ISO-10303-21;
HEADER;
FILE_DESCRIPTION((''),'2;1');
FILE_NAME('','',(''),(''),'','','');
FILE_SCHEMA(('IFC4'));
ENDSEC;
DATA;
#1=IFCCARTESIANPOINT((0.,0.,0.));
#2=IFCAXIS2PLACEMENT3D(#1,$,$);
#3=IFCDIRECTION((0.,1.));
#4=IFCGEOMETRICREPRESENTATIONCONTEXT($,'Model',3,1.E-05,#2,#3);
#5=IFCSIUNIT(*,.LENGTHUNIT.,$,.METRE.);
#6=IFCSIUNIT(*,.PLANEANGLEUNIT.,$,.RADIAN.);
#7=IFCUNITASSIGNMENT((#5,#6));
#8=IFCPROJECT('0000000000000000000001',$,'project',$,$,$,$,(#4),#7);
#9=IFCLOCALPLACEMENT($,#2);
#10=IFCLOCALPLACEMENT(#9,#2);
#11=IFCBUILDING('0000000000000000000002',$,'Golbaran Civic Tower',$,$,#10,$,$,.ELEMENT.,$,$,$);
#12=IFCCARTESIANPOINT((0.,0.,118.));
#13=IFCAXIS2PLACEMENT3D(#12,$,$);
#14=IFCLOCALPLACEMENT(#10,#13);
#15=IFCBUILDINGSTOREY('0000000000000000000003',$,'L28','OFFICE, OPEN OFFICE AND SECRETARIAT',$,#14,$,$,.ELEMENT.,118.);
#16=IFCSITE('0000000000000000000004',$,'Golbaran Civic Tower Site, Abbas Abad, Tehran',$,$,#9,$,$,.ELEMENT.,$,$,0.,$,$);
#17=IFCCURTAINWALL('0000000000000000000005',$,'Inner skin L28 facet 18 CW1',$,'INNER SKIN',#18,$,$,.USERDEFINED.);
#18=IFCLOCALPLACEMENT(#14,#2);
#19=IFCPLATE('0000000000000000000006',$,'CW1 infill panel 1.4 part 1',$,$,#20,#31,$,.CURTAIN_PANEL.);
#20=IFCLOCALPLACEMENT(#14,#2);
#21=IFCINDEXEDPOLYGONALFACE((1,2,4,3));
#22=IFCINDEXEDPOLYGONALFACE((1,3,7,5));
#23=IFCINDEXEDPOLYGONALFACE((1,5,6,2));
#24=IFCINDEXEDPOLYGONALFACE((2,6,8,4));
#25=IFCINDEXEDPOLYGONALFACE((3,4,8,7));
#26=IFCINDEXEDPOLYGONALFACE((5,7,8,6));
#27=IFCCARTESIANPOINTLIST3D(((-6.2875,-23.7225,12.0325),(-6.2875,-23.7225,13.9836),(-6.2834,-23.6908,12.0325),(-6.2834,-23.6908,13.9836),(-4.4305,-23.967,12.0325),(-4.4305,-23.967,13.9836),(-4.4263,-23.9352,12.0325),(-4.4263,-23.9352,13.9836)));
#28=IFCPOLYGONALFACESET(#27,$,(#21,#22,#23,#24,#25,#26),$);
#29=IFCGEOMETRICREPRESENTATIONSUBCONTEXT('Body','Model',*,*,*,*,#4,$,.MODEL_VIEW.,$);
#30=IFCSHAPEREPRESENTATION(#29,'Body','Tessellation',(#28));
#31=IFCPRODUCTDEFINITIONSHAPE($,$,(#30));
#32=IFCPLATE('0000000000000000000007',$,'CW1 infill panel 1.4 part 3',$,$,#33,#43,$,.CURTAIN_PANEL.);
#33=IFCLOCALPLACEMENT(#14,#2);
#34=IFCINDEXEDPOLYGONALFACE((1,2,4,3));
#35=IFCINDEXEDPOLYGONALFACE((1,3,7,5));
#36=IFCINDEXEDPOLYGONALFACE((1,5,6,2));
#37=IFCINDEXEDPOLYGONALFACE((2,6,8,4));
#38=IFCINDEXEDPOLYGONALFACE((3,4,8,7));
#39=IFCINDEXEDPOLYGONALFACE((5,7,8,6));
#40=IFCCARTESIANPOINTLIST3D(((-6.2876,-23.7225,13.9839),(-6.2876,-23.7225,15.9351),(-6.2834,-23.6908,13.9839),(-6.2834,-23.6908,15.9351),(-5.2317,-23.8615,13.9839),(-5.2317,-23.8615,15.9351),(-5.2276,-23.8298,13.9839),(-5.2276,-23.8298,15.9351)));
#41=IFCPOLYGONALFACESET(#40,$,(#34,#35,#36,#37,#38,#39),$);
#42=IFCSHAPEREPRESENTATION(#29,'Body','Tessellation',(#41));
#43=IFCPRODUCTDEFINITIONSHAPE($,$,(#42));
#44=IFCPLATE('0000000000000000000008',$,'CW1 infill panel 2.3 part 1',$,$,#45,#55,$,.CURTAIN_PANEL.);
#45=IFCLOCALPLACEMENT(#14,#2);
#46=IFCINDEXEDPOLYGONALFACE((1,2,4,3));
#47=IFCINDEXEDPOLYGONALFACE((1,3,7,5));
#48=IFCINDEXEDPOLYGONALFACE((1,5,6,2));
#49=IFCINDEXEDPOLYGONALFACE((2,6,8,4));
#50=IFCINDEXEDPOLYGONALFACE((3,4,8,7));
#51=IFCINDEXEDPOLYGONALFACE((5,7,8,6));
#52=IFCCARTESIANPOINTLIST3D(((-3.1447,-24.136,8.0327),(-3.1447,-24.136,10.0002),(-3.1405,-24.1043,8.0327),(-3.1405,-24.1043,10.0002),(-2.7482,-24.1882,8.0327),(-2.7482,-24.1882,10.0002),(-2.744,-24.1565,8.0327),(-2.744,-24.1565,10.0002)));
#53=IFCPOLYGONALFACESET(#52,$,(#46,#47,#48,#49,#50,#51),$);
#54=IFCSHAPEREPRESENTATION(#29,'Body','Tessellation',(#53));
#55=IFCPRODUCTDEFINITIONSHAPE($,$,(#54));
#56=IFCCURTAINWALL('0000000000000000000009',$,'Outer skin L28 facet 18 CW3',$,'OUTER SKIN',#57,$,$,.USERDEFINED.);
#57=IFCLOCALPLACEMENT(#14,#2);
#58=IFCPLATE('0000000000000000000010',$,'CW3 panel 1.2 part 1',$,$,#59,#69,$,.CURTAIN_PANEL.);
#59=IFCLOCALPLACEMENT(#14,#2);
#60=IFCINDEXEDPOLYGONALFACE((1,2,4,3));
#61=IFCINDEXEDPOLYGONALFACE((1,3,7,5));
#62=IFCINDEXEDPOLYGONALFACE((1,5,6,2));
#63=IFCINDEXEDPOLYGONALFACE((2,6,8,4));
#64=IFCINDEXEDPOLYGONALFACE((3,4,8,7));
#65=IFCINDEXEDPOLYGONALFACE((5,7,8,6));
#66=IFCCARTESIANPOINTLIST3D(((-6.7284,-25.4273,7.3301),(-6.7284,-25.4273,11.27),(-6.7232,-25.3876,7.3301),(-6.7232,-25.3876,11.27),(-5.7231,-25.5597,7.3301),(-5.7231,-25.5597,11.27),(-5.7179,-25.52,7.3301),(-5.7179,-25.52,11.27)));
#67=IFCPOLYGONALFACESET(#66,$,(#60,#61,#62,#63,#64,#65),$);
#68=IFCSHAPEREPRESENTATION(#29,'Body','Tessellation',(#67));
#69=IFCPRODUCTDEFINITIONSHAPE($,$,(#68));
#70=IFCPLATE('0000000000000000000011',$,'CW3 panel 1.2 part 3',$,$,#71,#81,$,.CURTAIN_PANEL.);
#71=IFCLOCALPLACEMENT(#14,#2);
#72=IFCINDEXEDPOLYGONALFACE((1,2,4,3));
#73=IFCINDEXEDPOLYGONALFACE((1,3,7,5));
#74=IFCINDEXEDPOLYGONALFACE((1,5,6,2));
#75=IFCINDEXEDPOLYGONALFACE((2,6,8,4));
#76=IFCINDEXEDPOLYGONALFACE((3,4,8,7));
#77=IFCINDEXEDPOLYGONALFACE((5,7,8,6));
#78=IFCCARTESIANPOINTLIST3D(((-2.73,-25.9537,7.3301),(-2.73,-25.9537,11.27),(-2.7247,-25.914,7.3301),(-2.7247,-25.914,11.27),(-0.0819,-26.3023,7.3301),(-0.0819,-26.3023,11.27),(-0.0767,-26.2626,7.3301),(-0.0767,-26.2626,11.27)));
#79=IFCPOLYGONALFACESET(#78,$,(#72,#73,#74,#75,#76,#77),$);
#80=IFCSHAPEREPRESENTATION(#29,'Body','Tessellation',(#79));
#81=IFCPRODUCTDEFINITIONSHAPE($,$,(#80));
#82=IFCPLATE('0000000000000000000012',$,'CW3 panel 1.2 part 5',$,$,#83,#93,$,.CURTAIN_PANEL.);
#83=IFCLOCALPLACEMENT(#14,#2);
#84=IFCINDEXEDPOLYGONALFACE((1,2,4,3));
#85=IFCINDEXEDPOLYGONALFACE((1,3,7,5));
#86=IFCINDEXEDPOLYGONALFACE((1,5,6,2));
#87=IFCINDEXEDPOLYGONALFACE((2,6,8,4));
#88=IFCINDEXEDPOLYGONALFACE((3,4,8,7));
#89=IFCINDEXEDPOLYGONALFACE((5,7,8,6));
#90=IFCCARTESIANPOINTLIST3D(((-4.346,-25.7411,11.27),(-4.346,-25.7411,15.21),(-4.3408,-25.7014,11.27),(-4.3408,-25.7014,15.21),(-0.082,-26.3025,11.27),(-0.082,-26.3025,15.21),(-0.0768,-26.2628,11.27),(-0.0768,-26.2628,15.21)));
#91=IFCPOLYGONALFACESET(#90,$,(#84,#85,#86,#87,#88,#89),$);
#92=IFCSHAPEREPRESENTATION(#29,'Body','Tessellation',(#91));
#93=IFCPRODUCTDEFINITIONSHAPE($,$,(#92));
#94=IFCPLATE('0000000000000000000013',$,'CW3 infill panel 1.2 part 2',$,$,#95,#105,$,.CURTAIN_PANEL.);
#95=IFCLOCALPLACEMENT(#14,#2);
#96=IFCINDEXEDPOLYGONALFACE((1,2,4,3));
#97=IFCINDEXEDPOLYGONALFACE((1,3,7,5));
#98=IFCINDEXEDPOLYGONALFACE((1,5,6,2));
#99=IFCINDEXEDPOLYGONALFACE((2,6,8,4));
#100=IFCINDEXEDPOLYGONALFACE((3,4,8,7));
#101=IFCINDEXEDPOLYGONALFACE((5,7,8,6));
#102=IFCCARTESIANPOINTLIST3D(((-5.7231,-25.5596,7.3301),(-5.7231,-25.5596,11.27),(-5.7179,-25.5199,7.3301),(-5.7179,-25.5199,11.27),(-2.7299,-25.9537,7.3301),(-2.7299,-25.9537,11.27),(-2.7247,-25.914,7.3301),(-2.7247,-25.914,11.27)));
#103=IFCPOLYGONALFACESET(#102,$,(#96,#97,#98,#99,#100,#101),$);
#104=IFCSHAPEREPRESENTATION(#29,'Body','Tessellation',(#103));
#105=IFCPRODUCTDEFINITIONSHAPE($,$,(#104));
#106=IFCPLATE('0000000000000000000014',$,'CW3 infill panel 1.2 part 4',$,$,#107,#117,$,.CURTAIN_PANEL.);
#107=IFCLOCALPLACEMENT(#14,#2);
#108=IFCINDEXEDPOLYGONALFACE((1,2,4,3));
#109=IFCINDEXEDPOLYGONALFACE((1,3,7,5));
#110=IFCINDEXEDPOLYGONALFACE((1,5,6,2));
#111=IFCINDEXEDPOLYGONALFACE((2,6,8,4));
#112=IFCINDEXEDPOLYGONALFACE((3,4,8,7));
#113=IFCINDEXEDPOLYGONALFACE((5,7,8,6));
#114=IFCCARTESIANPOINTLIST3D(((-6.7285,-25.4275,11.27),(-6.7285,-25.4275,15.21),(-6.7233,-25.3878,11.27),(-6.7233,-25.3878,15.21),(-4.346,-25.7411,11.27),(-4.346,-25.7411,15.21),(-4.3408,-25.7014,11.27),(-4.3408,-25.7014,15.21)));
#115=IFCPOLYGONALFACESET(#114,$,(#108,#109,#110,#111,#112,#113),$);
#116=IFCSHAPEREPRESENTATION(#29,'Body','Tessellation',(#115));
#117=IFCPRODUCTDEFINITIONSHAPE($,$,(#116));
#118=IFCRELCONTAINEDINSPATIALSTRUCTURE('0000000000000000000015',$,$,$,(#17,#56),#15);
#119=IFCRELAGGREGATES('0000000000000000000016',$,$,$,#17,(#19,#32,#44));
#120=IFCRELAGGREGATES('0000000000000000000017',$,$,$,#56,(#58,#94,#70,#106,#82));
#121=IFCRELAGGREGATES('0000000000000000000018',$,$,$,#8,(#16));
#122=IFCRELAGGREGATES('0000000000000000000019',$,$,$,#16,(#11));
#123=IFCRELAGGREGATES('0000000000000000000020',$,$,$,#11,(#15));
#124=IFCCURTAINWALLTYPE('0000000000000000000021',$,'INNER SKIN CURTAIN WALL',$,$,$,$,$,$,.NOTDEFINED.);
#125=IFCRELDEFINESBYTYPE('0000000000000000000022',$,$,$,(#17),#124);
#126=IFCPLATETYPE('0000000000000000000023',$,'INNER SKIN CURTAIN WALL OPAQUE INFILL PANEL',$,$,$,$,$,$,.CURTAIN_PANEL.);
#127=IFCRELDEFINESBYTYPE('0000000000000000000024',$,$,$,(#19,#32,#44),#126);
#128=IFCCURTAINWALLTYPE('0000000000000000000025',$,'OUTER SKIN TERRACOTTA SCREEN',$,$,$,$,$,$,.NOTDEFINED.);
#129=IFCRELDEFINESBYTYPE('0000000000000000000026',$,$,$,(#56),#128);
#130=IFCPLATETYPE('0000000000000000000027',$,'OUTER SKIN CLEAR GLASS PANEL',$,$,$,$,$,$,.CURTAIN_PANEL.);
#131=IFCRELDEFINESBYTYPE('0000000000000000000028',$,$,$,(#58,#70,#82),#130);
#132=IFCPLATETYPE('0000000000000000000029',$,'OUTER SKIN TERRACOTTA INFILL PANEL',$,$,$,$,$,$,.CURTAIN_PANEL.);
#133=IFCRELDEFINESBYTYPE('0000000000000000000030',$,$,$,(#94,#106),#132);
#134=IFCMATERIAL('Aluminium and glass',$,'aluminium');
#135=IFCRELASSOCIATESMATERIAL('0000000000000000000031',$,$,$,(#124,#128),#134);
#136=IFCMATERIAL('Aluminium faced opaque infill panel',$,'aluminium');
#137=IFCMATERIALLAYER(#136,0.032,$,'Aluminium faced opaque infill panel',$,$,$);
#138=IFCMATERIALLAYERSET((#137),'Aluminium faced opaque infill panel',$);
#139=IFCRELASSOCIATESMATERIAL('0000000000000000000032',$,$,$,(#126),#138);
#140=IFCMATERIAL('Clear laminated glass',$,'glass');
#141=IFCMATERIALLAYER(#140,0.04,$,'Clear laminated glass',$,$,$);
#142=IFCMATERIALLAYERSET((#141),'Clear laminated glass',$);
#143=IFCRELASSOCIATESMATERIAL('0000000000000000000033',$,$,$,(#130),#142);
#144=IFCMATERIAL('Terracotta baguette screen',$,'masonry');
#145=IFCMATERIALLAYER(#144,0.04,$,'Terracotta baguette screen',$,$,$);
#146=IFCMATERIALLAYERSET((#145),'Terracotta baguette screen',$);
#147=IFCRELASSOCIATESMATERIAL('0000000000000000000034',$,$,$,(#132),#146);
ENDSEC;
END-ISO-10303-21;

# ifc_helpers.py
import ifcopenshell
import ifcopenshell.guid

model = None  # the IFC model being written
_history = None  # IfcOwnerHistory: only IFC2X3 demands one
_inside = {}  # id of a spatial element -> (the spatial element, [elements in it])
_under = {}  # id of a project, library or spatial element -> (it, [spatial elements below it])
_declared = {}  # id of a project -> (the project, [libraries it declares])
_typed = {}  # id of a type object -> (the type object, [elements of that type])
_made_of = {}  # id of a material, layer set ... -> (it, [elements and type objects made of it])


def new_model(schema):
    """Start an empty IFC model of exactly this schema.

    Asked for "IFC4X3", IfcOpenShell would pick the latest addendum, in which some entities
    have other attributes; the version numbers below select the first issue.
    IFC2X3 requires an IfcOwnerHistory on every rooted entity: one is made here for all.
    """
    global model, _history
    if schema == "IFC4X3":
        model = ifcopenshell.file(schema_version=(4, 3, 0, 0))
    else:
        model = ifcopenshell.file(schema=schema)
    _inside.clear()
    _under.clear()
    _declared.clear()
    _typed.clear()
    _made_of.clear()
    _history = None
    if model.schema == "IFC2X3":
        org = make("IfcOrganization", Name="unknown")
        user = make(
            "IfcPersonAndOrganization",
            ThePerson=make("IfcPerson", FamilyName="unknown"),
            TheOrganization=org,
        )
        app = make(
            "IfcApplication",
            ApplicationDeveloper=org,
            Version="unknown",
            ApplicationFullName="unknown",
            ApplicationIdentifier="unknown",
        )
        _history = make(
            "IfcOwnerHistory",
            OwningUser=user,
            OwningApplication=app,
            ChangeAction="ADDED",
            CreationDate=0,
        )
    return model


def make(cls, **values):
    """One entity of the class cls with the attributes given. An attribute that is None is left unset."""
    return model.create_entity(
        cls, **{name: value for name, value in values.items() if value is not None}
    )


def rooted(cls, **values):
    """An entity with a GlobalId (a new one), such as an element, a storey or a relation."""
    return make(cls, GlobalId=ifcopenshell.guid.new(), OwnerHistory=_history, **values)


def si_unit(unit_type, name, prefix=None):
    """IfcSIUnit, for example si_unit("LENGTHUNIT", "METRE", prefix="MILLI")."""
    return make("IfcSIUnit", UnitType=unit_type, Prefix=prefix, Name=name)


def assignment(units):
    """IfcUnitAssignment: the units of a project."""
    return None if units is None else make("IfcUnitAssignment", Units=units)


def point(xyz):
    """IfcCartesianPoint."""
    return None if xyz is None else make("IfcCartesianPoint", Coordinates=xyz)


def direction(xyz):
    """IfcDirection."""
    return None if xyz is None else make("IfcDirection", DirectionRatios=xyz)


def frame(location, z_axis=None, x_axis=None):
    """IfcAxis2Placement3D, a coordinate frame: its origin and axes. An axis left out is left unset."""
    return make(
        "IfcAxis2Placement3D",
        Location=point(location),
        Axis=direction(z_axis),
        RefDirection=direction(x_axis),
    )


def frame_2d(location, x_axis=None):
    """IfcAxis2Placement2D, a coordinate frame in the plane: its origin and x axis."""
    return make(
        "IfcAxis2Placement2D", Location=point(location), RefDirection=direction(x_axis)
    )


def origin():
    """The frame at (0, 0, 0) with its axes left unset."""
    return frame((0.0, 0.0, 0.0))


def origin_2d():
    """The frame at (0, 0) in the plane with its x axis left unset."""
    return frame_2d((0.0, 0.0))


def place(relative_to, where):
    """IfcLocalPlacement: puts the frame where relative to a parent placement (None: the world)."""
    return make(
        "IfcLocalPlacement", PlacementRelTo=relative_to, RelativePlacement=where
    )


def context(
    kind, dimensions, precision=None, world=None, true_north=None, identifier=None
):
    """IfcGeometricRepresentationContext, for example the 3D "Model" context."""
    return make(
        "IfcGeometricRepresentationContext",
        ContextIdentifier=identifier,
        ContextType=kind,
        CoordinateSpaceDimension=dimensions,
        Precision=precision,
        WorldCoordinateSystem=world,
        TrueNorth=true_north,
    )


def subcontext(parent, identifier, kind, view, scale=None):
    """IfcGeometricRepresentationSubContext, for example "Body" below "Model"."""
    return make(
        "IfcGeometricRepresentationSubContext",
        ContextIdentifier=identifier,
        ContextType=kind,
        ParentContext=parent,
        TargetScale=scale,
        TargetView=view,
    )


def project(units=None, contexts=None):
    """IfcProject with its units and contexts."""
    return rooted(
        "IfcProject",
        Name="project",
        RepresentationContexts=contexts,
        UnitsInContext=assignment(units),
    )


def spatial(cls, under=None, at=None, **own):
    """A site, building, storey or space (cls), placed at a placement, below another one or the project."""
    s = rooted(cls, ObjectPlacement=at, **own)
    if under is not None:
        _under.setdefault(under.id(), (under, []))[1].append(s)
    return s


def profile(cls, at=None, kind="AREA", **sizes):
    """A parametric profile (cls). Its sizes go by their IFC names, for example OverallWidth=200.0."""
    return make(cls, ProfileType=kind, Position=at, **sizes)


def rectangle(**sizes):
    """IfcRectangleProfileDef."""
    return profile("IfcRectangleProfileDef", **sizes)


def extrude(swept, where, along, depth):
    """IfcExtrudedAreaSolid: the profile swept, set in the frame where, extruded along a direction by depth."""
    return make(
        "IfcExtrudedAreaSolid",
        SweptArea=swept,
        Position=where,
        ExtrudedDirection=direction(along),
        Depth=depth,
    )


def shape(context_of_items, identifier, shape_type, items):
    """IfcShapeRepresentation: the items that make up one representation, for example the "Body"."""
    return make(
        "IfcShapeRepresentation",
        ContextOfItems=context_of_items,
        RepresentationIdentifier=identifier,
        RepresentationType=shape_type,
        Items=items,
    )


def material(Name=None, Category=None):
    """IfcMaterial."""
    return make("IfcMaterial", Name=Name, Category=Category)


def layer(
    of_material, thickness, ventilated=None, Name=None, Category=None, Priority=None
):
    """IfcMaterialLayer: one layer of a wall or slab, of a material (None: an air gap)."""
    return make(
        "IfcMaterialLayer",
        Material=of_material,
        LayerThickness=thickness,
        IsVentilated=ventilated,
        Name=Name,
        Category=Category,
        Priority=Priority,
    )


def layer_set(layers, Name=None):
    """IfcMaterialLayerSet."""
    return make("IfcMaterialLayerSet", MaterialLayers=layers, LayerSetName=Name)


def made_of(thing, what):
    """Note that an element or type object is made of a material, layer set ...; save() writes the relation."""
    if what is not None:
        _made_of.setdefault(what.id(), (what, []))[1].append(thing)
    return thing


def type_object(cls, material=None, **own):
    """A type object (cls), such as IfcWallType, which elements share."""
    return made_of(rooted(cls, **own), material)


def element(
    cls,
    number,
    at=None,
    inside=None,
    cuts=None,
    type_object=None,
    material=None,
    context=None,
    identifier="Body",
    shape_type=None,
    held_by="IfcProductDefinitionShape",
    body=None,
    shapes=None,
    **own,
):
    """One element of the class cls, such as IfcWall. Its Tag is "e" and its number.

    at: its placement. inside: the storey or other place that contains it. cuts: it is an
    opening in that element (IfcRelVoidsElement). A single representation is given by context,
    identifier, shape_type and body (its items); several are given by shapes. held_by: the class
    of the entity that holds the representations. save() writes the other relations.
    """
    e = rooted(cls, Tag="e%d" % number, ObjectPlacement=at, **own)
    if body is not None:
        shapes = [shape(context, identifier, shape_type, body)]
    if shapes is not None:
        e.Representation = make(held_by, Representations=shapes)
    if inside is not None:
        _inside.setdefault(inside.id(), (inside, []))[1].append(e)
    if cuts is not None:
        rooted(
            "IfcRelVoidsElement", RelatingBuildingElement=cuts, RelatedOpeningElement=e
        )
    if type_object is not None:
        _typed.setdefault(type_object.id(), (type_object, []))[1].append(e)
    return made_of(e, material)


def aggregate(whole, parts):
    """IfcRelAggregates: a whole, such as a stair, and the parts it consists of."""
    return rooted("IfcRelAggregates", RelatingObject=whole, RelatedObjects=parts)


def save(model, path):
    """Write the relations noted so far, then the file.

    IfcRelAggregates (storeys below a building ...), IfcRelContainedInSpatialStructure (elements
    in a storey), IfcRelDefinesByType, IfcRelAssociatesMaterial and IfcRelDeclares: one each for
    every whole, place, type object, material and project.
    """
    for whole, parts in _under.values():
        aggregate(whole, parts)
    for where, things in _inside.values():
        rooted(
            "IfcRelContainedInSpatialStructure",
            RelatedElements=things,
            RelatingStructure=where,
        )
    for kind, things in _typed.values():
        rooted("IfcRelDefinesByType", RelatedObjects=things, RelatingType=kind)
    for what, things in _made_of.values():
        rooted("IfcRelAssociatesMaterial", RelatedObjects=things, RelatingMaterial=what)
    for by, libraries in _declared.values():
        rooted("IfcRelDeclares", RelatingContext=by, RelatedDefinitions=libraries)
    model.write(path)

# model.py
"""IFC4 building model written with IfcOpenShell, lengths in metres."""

from ifc_helpers import new_model, si_unit, direction, frame, origin, origin_2d, place, context, subcontext, project, spatial, rectangle, extrude, material, layer, layer_set, type_object, element, aggregate, save


model = new_model("IFC4")

# Units and contexts
model_context = context("Model", 3, precision=1e-05, world=origin(), true_north=direction((0.0, 1.0)))
body_context = subcontext(model_context, "Body", "Model", "MODEL_VIEW")
ifc_project = project(units=[si_unit("LENGTHUNIT", "METRE"), si_unit("PLANEANGLEUNIT", "RADIAN")], contexts=[model_context])

# Site, building, storey
site_placement = place(None, origin())
site = spatial("IfcSite", under=ifc_project, at=site_placement, Name="Golbaran Civic Tower Site, Abbas Abad, Tehran", CompositionType="ELEMENT", RefElevation=0.0)
building_placement = place(site_placement, origin())
building = spatial("IfcBuilding", under=site, at=building_placement, Name="Golbaran Civic Tower", CompositionType="ELEMENT")
storey_placement = place(building_placement, frame((0.0, 0.0, 118.0)))
storey = spatial("IfcBuildingStorey", under=building, at=storey_placement, Name="L28", Description="OFFICE, OPEN OFFICE AND SECRETARIAT", CompositionType="ELEMENT", Elevation=118.0)

# Curtain wall, plates
ifc_material_1 = material(Name="Aluminium and glass", Category="aluminium")
curtain_wall_type_1 = type_object("IfcCurtainWallType", Name="INNER SKIN CURTAIN WALL", PredefinedType="NOTDEFINED", material=ifc_material_1)
curtain_wall_1_placement = place(storey_placement, origin())
curtain_wall_1 = element("IfcCurtainWall", 1, at=curtain_wall_1_placement, inside=storey, type_object=curtain_wall_type_1, Name="Inner skin L28 facet 18 CW1", ObjectType="INNER SKIN", PredefinedType="USERDEFINED")
ifc_material_2 = material(Name="Aluminium faced opaque infill panel", Category="aluminium")
ifc_layer_1 = layer(ifc_material_2, 0.032, Name="Aluminium faced opaque infill panel")
ifc_layer_set_1 = layer_set([ifc_layer_1], Name="Aluminium faced opaque infill panel")
plate_type_1 = type_object("IfcPlateType", Name="INNER SKIN CURTAIN WALL OPAQUE INFILL PANEL", PredefinedType="CURTAIN_PANEL", material=ifc_layer_set_1)
plate_1_placement = place(storey_placement, frame((-5.3569, -23.8289, 12.0325), z_axis=(0.0, 0.0, 1.0), x_axis=(0.991445, -0.130526, 0.0)))
plate_1 = element("IfcPlate", 2, at=plate_1_placement, type_object=plate_type_1, Name="CW1 infill panel 1.4 part 1", PredefinedType="CURTAIN_PANEL", context=body_context, shape_type="SweptSolid", body=[
    extrude(rectangle(XDim=1.873, YDim=0.032, at=origin_2d()), origin(), (0.0, 0.0, 1.0), 1.9512),
])
plate_2_placement = place(storey_placement, frame((-5.7576, -23.7761, 13.9839), z_axis=(0.0, 0.0, 1.0), x_axis=(0.991445, -0.130526, 0.0)))
plate_2 = element("IfcPlate", 3, at=plate_2_placement, type_object=plate_type_1, Name="CW1 infill panel 1.4 part 3", PredefinedType="CURTAIN_PANEL", context=body_context, shape_type="SweptSolid", body=[
    extrude(rectangle(XDim=1.0649, YDim=0.032, at=origin_2d()), origin(), (0.0, 0.0, 1.0), 1.9512),
])
plate_3_placement = place(storey_placement, frame((-2.9443, -24.1462, 8.0327), z_axis=(0.0, 0.0, 1.0), x_axis=(0.991445, -0.130526, 0.0)))
plate_3 = element("IfcPlate", 4, at=plate_3_placement, type_object=plate_type_1, Name="CW1 infill panel 2.3 part 1", PredefinedType="CURTAIN_PANEL", context=body_context, shape_type="SweptSolid", body=[
    extrude(rectangle(XDim=0.3999, YDim=0.032, at=origin_2d()), origin(), (0.0, 0.0, 1.0), 1.9675),
])
aggregate(curtain_wall_1, [plate_1, plate_2, plate_3])

# Curtain wall, plates
curtain_wall_type_2 = type_object("IfcCurtainWallType", Name="OUTER SKIN TERRACOTTA SCREEN", PredefinedType="NOTDEFINED", material=ifc_material_1)
curtain_wall_2_placement = place(storey_placement, origin())
curtain_wall_2 = element("IfcCurtainWall", 5, at=curtain_wall_2_placement, inside=storey, type_object=curtain_wall_type_2, Name="Outer skin L28 facet 18 CW3", ObjectType="OUTER SKIN", PredefinedType="USERDEFINED")
ifc_material_3 = material(Name="Clear laminated glass", Category="glass")
ifc_layer_2 = layer(ifc_material_3, 0.04, Name="Clear laminated glass")
ifc_layer_set_2 = layer_set([ifc_layer_2], Name="Clear laminated glass")
plate_type_2 = type_object("IfcPlateType", Name="OUTER SKIN CLEAR GLASS PANEL", PredefinedType="CURTAIN_PANEL", material=ifc_layer_set_2)
plate_4_placement = place(storey_placement, frame((-6.2231, -25.4736, 7.3301), z_axis=(0.0, 0.0, 1.0), x_axis=(0.991445, -0.130526, 0.0)))
plate_4 = element("IfcPlate", 6, at=plate_4_placement, type_object=plate_type_2, Name="CW3 panel 1.2 part 1", PredefinedType="CURTAIN_PANEL", context=body_context, shape_type="SweptSolid", body=[
    extrude(rectangle(XDim=1.0139, YDim=0.04, at=origin_2d()), origin(), (0.0, 0.0, 1.0), 3.9399),
])
plate_5_placement = place(storey_placement, frame((-1.4033, -26.1082, 7.3301), z_axis=(0.0, 0.0, 1.0), x_axis=(0.991445, -0.130526, 0.0)))
plate_5 = element("IfcPlate", 7, at=plate_5_placement, type_object=plate_type_2, Name="CW3 panel 1.2 part 3", PredefinedType="CURTAIN_PANEL", context=body_context, shape_type="SweptSolid", body=[
    extrude(rectangle(XDim=2.6709, YDim=0.04, at=origin_2d()), origin(), (0.0, 0.0, 1.0), 3.9399),
])
plate_6_placement = place(storey_placement, frame((-2.2114, -26.002, 11.27), z_axis=(0.0, 0.0, 1.0), x_axis=(0.991445, -0.130526, 0.0)))
plate_6 = element("IfcPlate", 8, at=plate_6_placement, type_object=plate_type_2, Name="CW3 panel 1.2 part 5", PredefinedType="CURTAIN_PANEL", context=body_context, shape_type="SweptSolid", body=[
    extrude(rectangle(XDim=4.3008, YDim=0.04, at=origin_2d()), origin(), (0.0, 0.0, 1.0), 3.9399),
])
ifc_material_4 = material(Name="Terracotta baguette screen", Category="masonry")
ifc_layer_3 = layer(ifc_material_4, 0.04, Name="Terracotta baguette screen")
ifc_layer_set_3 = layer_set([ifc_layer_3], Name="Terracotta baguette screen")
plate_type_3 = type_object("IfcPlateType", Name="OUTER SKIN TERRACOTTA INFILL PANEL", PredefinedType="CURTAIN_PANEL", material=ifc_layer_set_3)
plate_7_placement = place(storey_placement, frame((-4.2239, -25.7368, 7.3301), z_axis=(0.0, 0.0, 1.0), x_axis=(0.991445, -0.130526, 0.0)))
plate_7 = element("IfcPlate", 9, at=plate_7_placement, type_object=plate_type_3, Name="CW3 infill panel 1.2 part 2", PredefinedType="CURTAIN_PANEL", context=body_context, shape_type="SweptSolid", body=[
    extrude(rectangle(XDim=3.019, YDim=0.04, at=origin_2d()), origin(), (0.0, 0.0, 1.0), 3.9399),
])
plate_8_placement = place(storey_placement, frame((-5.5347, -25.5645, 11.27), z_axis=(0.0, 0.0, 1.0), x_axis=(0.991445, -0.130526, 0.0)))
plate_8 = element("IfcPlate", 10, at=plate_8_placement, type_object=plate_type_3, Name="CW3 infill panel 1.2 part 4", PredefinedType="CURTAIN_PANEL", context=body_context, shape_type="SweptSolid", body=[
    extrude(rectangle(XDim=2.4031, YDim=0.04, at=origin_2d()), origin(), (0.0, 0.0, 1.0), 3.9399),
])
aggregate(curtain_wall_2, [plate_4, plate_7, plate_5, plate_8, plate_6])

save(model, "model.ifc")
